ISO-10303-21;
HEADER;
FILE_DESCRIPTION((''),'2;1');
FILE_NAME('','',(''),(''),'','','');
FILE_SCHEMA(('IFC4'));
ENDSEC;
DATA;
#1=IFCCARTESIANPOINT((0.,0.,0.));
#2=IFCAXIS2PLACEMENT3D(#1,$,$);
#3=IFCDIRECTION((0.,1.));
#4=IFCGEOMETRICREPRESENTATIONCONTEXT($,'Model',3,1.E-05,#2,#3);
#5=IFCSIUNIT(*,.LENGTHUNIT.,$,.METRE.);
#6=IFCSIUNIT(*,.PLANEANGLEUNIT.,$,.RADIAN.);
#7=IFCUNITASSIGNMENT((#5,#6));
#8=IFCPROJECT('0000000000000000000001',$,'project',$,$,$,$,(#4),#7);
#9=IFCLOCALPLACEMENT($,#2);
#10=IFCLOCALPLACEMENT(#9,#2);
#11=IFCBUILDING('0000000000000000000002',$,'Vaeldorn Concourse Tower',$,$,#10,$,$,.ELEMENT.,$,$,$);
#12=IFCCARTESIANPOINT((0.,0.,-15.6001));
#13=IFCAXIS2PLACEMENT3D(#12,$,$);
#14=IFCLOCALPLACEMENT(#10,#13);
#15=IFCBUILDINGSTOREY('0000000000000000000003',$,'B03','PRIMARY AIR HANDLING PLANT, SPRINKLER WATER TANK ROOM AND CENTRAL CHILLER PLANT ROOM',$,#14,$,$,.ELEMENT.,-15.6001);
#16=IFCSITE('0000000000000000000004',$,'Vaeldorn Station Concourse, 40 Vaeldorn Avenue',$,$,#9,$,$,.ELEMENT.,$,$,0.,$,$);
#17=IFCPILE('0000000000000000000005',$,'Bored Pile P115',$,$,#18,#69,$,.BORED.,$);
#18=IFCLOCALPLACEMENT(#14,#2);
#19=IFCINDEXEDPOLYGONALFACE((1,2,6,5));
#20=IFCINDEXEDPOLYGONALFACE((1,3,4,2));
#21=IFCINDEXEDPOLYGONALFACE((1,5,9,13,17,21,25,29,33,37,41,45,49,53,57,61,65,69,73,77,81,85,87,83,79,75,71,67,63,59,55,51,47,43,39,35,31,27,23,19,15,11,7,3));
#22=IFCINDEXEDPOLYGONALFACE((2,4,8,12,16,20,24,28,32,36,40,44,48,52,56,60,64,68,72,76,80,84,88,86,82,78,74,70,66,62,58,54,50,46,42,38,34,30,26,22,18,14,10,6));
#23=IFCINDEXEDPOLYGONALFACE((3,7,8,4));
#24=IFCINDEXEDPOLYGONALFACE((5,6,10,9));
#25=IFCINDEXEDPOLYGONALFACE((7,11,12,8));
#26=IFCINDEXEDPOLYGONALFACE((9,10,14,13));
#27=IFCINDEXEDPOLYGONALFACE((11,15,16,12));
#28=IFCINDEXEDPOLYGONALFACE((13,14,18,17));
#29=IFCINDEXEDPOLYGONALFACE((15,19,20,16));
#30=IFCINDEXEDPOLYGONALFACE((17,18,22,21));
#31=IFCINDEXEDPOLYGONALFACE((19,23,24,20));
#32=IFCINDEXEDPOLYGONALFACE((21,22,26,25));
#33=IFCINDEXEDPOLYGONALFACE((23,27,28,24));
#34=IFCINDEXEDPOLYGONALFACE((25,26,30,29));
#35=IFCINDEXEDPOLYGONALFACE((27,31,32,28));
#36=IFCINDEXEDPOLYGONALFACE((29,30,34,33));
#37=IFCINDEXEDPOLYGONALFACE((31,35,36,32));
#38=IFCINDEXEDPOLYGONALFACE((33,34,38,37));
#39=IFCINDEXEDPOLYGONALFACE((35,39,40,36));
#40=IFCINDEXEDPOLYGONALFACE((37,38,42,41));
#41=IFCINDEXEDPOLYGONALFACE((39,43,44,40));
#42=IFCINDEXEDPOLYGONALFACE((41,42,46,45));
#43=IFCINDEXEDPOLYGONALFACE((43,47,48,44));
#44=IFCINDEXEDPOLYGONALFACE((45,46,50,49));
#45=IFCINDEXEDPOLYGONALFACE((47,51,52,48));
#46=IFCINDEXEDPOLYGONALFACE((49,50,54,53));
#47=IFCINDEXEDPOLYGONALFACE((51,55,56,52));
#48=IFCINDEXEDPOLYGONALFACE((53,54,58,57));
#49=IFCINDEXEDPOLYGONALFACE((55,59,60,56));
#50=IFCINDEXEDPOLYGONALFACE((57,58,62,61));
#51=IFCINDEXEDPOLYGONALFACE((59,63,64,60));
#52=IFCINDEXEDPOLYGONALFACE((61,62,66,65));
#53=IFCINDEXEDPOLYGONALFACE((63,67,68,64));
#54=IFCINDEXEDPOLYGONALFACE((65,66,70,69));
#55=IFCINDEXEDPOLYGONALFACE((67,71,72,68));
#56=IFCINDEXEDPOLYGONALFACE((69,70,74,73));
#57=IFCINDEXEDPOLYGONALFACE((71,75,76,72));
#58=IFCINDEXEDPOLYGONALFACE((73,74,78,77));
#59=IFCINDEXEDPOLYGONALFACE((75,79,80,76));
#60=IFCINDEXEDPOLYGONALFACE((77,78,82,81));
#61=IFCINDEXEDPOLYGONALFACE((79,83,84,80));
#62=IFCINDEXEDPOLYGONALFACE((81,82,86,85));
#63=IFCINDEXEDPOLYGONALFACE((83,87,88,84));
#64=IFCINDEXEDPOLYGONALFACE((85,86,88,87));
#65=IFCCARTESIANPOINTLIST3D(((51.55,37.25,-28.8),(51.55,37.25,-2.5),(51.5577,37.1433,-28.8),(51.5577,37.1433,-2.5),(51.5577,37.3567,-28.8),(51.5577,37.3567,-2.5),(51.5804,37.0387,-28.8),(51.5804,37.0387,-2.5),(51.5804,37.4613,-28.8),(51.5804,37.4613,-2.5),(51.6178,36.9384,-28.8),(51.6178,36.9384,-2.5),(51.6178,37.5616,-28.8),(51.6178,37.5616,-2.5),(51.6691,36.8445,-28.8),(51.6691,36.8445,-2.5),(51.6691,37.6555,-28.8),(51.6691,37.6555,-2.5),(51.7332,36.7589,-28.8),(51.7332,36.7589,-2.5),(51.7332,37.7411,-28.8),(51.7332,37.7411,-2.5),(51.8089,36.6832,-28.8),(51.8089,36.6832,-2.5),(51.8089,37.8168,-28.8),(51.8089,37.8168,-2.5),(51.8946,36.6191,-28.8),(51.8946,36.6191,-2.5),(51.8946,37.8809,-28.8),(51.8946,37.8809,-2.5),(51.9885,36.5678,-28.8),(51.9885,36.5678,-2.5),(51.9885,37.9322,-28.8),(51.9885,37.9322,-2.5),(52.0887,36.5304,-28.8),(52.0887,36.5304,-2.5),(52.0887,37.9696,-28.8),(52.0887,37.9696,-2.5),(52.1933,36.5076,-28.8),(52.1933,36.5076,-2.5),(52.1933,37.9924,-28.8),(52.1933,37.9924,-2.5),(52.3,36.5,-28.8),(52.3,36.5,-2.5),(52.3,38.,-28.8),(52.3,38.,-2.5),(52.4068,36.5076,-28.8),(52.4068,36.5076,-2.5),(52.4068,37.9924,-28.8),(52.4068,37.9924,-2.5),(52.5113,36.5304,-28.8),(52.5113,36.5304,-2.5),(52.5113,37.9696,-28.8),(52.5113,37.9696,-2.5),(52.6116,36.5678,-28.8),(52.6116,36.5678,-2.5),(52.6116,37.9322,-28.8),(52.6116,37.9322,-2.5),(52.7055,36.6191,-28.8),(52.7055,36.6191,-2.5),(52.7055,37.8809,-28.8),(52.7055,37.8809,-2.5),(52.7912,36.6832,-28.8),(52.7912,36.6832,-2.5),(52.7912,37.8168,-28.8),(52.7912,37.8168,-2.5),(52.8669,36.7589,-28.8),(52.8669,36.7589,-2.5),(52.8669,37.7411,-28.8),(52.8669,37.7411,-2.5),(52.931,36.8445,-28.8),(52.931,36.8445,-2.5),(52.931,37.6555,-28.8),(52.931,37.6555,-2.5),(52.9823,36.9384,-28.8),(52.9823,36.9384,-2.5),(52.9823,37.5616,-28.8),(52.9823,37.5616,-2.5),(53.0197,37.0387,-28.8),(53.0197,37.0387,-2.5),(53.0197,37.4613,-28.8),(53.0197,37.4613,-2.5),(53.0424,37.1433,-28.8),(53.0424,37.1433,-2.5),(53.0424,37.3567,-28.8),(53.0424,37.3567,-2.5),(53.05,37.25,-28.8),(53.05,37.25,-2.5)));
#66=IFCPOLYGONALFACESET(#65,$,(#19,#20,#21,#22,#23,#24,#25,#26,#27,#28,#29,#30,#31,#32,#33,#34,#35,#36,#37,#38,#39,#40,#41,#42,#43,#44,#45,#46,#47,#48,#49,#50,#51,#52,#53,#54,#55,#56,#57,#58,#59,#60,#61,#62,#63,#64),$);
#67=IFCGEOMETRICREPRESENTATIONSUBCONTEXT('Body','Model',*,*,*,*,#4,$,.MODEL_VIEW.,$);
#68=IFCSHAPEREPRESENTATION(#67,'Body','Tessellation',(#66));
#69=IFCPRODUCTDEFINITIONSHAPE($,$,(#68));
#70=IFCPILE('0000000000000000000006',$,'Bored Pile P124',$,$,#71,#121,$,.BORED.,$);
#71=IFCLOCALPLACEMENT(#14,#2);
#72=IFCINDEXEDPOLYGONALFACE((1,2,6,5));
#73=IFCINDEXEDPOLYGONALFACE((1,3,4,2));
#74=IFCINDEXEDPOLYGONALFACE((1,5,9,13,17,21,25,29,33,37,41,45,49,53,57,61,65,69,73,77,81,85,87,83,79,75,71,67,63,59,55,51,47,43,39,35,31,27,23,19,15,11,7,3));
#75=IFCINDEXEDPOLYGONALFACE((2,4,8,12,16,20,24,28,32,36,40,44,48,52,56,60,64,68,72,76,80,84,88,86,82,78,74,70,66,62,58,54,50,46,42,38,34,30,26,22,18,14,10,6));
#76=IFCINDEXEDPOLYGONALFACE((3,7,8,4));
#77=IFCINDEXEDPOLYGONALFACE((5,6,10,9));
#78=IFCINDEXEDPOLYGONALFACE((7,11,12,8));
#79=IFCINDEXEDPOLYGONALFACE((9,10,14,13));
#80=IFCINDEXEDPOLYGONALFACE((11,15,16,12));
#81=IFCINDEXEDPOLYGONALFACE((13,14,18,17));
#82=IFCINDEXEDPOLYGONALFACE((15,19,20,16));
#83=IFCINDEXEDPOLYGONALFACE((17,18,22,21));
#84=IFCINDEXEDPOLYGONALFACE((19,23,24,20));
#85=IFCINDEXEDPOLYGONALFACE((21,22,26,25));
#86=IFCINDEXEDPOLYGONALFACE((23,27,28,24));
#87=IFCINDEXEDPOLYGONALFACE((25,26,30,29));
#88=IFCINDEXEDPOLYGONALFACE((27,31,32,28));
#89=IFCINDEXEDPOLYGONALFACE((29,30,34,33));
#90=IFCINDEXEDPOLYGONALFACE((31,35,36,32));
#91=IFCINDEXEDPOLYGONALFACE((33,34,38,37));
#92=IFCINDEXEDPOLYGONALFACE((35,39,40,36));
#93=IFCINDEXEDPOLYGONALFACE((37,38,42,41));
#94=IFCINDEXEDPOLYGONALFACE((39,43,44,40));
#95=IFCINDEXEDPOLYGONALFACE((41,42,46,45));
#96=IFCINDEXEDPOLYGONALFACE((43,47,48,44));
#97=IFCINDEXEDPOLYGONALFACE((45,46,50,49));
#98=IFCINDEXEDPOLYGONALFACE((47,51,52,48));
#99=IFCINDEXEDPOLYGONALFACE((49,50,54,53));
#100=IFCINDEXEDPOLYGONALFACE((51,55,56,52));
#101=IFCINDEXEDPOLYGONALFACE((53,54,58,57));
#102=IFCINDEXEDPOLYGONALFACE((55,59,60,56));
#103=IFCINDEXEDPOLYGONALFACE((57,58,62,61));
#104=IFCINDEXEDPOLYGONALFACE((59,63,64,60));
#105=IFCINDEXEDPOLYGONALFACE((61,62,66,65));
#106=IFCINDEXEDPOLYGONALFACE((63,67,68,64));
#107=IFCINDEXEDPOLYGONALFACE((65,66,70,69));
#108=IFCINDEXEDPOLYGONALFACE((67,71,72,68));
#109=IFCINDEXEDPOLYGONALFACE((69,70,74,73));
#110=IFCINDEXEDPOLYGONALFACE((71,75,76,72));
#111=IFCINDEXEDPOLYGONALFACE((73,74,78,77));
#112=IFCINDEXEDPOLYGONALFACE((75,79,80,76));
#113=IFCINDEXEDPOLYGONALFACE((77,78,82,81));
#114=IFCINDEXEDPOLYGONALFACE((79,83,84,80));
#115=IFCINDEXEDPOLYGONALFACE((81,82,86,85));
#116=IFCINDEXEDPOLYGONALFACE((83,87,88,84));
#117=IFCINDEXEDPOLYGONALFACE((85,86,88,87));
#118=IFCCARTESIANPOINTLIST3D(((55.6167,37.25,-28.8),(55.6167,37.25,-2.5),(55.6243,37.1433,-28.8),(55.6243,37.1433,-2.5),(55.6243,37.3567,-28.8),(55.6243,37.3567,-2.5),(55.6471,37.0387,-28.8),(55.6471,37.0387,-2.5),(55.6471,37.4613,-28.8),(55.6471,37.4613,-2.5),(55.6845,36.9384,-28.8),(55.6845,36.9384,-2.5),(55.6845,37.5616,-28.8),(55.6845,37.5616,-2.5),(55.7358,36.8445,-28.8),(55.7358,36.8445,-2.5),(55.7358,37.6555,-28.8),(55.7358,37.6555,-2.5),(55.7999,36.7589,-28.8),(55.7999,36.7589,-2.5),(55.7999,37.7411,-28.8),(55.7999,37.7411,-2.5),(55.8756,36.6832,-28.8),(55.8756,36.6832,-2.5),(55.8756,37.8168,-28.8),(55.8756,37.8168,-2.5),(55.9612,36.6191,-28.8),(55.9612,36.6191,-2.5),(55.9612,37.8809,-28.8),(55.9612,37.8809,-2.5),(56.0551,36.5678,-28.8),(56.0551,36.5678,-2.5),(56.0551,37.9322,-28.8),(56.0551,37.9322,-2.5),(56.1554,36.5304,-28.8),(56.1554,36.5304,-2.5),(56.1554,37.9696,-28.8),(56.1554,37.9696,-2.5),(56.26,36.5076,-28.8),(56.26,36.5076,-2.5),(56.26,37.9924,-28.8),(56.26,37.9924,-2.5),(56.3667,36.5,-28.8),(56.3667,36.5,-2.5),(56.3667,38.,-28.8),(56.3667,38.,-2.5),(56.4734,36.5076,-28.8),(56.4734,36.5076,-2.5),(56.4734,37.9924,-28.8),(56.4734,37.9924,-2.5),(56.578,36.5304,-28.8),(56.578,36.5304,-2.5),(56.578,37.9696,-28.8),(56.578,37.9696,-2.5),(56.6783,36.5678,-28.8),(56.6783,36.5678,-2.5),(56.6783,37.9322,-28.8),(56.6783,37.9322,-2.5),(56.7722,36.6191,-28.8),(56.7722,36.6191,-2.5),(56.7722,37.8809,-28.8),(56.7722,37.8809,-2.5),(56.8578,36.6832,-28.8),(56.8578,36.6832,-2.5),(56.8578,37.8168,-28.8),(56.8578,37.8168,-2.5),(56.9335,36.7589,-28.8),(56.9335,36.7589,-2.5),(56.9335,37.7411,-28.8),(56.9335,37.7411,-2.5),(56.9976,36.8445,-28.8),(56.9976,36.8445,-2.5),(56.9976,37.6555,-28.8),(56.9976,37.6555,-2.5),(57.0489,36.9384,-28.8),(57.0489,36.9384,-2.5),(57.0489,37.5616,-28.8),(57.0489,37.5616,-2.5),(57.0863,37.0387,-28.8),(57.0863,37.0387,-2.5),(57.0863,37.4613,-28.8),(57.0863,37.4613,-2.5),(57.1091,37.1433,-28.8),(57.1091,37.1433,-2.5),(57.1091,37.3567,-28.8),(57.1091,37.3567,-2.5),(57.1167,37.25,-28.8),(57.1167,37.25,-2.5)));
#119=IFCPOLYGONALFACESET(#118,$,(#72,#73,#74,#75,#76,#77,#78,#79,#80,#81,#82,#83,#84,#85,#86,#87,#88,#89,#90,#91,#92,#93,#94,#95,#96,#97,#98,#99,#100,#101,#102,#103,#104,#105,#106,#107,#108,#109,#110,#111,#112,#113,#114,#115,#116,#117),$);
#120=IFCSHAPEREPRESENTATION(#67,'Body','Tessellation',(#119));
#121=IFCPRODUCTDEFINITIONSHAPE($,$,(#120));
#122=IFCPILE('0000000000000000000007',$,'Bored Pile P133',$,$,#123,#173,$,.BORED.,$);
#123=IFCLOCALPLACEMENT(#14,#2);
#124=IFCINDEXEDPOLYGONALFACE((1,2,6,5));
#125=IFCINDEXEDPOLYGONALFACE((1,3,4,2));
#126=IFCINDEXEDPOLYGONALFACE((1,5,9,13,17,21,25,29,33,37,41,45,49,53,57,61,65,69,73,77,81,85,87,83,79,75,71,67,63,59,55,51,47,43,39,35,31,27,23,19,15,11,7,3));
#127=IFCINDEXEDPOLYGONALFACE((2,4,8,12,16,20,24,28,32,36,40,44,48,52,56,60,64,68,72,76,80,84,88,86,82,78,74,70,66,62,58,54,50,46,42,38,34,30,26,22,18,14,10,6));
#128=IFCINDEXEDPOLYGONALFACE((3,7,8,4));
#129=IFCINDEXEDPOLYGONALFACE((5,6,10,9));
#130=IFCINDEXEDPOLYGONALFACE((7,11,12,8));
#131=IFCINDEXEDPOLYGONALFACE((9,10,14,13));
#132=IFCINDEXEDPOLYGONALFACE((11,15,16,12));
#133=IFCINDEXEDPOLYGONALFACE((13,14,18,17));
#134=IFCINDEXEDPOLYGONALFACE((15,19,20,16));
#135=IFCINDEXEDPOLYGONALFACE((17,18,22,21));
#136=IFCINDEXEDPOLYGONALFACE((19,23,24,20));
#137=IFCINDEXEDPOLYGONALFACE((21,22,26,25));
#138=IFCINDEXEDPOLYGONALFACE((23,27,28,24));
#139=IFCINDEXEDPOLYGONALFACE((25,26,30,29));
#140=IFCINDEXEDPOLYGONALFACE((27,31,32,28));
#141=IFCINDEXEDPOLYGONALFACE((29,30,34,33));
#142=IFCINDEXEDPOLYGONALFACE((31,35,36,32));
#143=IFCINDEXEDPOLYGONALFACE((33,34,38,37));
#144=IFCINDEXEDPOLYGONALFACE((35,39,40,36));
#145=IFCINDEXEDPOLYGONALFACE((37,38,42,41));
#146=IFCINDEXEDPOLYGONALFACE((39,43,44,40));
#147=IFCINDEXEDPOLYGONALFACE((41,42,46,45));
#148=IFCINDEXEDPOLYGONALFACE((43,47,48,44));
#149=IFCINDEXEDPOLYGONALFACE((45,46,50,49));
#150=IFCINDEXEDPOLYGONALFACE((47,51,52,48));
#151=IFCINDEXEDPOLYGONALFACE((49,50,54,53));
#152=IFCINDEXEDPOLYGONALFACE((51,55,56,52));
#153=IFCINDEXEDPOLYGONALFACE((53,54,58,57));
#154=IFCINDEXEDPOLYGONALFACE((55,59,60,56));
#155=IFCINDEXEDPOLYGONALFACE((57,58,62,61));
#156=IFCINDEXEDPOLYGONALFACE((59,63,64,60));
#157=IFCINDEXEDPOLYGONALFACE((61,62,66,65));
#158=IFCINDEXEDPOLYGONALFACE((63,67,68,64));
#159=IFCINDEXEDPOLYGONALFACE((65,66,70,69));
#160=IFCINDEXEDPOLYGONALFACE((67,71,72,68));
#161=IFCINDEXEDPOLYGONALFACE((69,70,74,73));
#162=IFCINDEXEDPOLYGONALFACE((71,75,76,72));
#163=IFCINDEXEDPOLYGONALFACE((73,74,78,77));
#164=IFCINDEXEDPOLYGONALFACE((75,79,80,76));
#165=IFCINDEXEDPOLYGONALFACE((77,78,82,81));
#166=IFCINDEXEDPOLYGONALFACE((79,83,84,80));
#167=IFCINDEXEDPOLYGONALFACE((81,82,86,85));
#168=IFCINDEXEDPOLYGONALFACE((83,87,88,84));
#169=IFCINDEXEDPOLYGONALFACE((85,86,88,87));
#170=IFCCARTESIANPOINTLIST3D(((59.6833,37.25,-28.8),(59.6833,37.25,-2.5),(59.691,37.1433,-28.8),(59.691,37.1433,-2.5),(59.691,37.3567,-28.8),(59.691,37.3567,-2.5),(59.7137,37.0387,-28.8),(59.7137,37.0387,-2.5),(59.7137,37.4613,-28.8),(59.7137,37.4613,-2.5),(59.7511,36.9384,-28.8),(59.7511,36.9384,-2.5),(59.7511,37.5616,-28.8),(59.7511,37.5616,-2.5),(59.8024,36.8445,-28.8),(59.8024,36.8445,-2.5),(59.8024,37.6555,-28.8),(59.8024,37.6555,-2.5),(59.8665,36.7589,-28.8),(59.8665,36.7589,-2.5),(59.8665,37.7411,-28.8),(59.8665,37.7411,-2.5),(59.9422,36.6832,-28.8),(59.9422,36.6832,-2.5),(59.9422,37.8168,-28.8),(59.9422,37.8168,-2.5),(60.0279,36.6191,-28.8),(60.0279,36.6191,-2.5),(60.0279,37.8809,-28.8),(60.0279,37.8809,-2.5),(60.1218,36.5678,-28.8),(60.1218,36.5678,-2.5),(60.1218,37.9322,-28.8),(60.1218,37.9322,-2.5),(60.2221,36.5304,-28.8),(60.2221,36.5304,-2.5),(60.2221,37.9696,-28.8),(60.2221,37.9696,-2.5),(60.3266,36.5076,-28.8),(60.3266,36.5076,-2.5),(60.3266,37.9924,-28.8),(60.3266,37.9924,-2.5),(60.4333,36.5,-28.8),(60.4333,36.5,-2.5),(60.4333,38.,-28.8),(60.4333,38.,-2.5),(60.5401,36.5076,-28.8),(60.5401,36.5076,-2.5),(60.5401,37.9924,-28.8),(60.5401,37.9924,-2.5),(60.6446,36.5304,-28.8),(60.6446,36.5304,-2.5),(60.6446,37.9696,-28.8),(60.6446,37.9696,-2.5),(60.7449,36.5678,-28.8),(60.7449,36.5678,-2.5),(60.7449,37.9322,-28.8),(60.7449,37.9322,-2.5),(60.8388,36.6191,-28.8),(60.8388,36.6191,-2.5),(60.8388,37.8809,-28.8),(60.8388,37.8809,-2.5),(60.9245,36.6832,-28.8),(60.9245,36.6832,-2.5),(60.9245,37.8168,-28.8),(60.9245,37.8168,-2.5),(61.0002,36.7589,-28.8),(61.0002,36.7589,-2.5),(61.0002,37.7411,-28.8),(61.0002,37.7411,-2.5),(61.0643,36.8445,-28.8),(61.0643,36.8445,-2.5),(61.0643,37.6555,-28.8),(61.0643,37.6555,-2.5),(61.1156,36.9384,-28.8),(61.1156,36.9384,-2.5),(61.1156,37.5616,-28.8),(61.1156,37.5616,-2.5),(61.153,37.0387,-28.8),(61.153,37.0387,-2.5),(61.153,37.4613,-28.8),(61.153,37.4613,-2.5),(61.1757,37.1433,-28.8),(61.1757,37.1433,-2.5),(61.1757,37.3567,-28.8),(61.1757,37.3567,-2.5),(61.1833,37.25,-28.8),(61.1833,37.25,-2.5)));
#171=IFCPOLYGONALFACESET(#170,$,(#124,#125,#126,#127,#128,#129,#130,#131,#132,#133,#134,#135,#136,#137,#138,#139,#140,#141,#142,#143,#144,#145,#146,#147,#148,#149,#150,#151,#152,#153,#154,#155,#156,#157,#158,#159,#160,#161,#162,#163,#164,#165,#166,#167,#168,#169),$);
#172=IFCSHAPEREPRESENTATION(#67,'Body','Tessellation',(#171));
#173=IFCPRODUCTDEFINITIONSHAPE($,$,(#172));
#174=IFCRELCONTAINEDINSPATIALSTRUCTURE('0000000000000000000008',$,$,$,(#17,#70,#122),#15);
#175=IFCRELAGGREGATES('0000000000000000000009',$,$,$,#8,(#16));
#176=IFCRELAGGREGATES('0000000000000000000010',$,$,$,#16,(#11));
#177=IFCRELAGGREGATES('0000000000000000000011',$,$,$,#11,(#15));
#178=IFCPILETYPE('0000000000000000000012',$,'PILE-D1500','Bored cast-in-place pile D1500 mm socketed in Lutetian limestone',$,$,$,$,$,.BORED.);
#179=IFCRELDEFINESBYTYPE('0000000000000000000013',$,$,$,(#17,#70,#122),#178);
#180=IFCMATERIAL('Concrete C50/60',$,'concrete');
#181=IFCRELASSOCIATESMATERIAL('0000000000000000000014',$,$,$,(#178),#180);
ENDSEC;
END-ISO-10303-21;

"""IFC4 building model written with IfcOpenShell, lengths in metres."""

from ifc_helpers import new_model, si_unit, direction, frame, origin, origin_2d, place, context, subcontext, project, spatial, circle, extrude, material, material_profile, profile_set, type_object, element, save


model = new_model("IFC4")

# Units and contexts
model_context = context("Model", 3, precision=1e-05, world=origin(), true_north=direction((0.0, 1.0)))
body_context = subcontext(model_context, "Body", "Model", "MODEL_VIEW")
ifc_project = project(units=[si_unit("LENGTHUNIT", "METRE"), si_unit("PLANEANGLEUNIT", "RADIAN")], contexts=[model_context])

# Site, building, storey
site_placement = place(None, origin())
site = spatial("IfcSite", under=ifc_project, at=site_placement, Name="Vaeldorn Station Concourse, 40 Vaeldorn Avenue", CompositionType="ELEMENT", RefElevation=0.0)
building_placement = place(site_placement, origin())
building = spatial("IfcBuilding", under=site, at=building_placement, Name="Vaeldorn Concourse Tower", CompositionType="ELEMENT")
storey_placement = place(building_placement, frame((0.0, 0.0, -15.6001)))
storey = spatial("IfcBuildingStorey", under=building, at=storey_placement, Name="B03", Description="PRIMARY AIR HANDLING PLANT, SPRINKLER WATER TANK ROOM AND CENTRAL CHILLER PLANT ROOM", CompositionType="ELEMENT", Elevation=-15.6001)

# Piles
ifc_material_1 = material(Name="Concrete C50/60", Category="concrete")
ifc_material_profile_1 = material_profile(ifc_material_1, circle(Radius=0.75, at=origin_2d()), Name="BORED PILE D1500")
ifc_profile_set_1 = profile_set([ifc_material_profile_1], Name="Concrete C50/60")
pile_type = type_object("IfcPileType", Name="PILE-D1500", Description="Bored cast-in-place pile D1500 mm socketed in Lutetian limestone", PredefinedType="BORED", material=ifc_profile_set_1)
for number, where, z_axis, x_axis, name in (
    (1, (52.3, 37.25, -2.5), (0.0, 0.0, -1.0), (1.0, 0.0, 0.0), "Bored Pile P115"),
    (2, (56.3667, 37.25, -2.5), (0.0, 0.0, -1.0), (1.0, 0.0, 0.0), "Bored Pile P124"),
    (3, (60.4333, 37.25, -2.5), (0.0, 0.0, -1.0), (1.0, 0.0, 0.0), "Bored Pile P133"),
):
    element("IfcPile", number, at=place(storey_placement, frame(where, z_axis=z_axis, x_axis=x_axis)), inside=storey, type_object=pile_type, Name=name, PredefinedType="BORED", context=body_context, shape_type="SweptSolid", body=[
        extrude(circle(Radius=0.75, at=origin_2d()), origin(), (0.0, 0.0, 1.0), 26.3),
    ])

save(model, "model.ifc")
